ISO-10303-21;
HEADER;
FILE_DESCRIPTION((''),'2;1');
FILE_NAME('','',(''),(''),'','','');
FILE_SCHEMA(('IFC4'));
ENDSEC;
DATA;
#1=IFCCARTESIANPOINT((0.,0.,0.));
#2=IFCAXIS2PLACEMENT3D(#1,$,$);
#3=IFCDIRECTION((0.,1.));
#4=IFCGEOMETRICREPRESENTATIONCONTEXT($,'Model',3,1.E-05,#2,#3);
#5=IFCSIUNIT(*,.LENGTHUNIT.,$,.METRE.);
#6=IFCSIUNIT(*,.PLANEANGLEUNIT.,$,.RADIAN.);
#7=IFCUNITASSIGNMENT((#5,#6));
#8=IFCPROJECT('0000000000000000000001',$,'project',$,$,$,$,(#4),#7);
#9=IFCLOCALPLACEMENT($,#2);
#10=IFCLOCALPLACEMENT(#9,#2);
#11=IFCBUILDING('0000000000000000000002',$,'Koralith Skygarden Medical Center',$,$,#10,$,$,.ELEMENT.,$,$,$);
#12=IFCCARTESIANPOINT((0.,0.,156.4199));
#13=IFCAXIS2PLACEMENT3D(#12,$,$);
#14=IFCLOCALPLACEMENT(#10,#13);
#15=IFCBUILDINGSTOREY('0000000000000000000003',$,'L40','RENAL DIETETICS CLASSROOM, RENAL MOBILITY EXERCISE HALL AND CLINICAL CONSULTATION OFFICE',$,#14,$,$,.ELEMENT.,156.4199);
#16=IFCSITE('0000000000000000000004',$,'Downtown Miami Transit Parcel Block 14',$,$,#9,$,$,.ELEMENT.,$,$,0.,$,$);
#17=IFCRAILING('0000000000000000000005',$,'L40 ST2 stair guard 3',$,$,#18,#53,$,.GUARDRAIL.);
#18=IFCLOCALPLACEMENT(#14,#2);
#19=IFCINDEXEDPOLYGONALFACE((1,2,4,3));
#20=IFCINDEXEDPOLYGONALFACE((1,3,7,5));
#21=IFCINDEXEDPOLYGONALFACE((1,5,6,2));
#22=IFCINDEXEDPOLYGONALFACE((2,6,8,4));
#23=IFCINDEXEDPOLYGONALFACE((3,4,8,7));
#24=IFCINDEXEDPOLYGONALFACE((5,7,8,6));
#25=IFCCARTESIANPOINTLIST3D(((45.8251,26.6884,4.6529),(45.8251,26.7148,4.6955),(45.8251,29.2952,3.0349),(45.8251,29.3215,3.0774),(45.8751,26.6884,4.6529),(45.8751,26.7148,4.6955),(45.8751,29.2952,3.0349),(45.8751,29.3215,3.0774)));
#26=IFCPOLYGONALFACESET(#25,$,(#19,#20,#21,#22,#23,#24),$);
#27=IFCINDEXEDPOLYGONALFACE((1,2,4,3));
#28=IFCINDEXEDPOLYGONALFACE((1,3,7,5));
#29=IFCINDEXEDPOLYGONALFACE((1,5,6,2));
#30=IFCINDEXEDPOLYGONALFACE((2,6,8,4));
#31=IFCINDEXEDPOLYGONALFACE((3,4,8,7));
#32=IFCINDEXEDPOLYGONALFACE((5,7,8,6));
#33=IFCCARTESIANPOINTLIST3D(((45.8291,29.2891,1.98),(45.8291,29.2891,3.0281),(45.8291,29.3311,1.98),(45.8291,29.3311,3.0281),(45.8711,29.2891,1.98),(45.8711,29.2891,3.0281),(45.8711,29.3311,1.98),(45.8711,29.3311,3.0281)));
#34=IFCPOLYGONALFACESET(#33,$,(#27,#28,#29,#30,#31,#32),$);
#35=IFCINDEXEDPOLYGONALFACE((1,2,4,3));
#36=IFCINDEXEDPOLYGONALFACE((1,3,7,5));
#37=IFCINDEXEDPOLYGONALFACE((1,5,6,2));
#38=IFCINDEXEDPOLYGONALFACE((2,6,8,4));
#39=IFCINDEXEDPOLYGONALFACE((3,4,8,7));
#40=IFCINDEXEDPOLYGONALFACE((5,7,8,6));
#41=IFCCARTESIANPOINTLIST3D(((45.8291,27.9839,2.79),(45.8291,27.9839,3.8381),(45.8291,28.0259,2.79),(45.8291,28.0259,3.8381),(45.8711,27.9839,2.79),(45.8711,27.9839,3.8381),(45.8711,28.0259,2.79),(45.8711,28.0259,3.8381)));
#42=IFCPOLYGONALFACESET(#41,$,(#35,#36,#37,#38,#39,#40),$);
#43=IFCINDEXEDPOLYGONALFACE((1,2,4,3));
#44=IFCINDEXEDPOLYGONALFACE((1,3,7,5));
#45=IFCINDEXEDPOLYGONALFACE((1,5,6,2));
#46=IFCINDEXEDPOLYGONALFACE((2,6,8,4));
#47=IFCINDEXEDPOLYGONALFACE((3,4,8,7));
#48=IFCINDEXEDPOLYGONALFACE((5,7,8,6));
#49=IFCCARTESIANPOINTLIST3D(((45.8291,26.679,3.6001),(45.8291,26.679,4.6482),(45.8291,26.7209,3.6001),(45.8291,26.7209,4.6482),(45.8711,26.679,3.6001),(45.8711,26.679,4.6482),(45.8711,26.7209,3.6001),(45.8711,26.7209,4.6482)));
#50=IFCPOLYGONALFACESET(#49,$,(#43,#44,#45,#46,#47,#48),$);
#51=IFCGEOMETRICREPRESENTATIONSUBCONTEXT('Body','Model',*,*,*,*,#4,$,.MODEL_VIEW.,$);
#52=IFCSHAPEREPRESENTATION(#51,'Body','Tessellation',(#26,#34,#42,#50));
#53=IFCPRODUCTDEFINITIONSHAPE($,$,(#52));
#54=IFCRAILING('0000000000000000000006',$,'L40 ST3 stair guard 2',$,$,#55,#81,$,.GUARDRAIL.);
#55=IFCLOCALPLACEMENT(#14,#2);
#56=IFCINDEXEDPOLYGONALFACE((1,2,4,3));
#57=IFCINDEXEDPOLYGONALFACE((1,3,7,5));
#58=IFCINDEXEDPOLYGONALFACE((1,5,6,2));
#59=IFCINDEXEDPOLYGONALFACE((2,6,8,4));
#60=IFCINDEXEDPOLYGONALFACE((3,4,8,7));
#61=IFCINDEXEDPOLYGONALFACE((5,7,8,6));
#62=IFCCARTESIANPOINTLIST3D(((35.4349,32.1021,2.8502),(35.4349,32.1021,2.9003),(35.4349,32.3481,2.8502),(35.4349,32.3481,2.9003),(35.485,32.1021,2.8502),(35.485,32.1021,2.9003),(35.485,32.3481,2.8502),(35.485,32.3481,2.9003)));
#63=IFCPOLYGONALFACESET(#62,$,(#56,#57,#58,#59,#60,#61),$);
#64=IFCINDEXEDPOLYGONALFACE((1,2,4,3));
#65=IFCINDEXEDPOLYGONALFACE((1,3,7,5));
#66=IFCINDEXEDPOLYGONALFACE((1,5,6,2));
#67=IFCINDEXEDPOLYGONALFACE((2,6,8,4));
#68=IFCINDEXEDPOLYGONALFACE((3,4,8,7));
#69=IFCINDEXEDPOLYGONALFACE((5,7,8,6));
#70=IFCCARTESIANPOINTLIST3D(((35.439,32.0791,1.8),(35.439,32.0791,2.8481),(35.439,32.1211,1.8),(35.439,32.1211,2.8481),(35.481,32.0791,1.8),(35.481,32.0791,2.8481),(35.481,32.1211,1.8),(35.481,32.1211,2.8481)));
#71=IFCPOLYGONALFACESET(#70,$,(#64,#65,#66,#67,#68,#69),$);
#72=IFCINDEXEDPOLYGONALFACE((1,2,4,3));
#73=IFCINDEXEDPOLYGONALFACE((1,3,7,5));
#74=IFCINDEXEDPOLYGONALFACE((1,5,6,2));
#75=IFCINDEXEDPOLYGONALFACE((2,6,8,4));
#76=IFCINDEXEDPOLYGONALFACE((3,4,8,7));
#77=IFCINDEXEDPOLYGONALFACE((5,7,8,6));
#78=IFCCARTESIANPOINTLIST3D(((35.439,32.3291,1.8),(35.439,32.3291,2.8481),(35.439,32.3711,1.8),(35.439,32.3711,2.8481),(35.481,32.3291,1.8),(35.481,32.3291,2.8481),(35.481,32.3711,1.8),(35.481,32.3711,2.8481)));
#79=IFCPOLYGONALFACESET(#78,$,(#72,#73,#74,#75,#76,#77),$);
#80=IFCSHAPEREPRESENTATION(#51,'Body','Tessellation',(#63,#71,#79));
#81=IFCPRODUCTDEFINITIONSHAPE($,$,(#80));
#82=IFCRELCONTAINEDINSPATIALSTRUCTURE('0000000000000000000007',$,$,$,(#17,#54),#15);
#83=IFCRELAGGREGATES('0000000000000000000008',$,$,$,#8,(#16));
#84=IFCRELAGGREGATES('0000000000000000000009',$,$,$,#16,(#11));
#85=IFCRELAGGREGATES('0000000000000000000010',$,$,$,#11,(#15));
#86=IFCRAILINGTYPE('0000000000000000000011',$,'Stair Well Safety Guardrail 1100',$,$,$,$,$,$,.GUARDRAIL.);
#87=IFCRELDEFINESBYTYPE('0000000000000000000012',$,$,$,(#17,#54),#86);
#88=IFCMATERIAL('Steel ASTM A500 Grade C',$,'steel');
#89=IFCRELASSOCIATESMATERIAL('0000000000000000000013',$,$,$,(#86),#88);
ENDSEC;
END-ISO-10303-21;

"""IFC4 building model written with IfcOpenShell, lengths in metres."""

from ifc_helpers import new_model, si_unit, direction, frame, origin, origin_2d, place, context, subcontext, project, spatial, rectangle, extrude, material, type_object, element, save


model = new_model("IFC4")

# Units and contexts
model_context = context("Model", 3, precision=1e-05, world=origin(), true_north=direction((0.0, 1.0)))
body_context = subcontext(model_context, "Body", "Model", "MODEL_VIEW")
ifc_project = project(units=[si_unit("LENGTHUNIT", "METRE"), si_unit("PLANEANGLEUNIT", "RADIAN")], contexts=[model_context])

# Site, building, storey
site_placement = place(None, origin())
site = spatial("IfcSite", under=ifc_project, at=site_placement, Name="Downtown Miami Transit Parcel Block 14", CompositionType="ELEMENT", RefElevation=0.0)
building_placement = place(site_placement, origin())
building = spatial("IfcBuilding", under=site, at=building_placement, Name="Koralith Skygarden Medical Center", CompositionType="ELEMENT")
storey_placement = place(building_placement, frame((0.0, 0.0, 156.4199)))
storey = spatial("IfcBuildingStorey", under=building, at=storey_placement, Name="L40", Description="RENAL DIETETICS CLASSROOM, RENAL MOBILITY EXERCISE HALL AND CLINICAL CONSULTATION OFFICE", CompositionType="ELEMENT", Elevation=156.4199)

# Shared definitions
ifc_material_1 = material(Name="Steel ASTM A500 Grade C", Category="steel")

# Railings
railing_type_1 = type_object("IfcRailingType", Name="Stair Well Safety Guardrail 1100", PredefinedType="GUARDRAIL", material=ifc_material_1)
railing_1_placement = place(storey_placement, frame((45.8501, 29.3101, 1.98)))
element("IfcRailing", 1, at=railing_1_placement, inside=storey, type_object=railing_type_1, Name="L40 ST2 stair guard 3", PredefinedType="GUARDRAIL", context=body_context, shape_type="SweptSolid", body=[
    extrude(rectangle(XDim=0.05, YDim=0.05, at=origin_2d()), frame((0.0, -0.0017, 1.0762), z_axis=(0.0, -0.849633, 0.527375), x_axis=(1.0, 0.0, 0.0)), (0.0, 0.0, 1.0), 3.0681),
    extrude(rectangle(XDim=0.042, YDim=0.042, at=origin_2d()), origin(), (0.0, 0.0, 1.0), 1.0481),
    extrude(rectangle(XDim=0.042, YDim=0.042, at=origin_2d()), frame((0.0, -1.3052, 0.8101)), (0.0, 0.0, 1.0), 1.0481),
    extrude(rectangle(XDim=0.042, YDim=0.042, at=origin_2d()), frame((0.0, -2.6101, 1.6201)), (0.0, 0.0, 1.0), 1.0481),
])
railing_2_placement = place(storey_placement, frame((35.46, 32.1001, 1.8)))
element("IfcRailing", 2, at=railing_2_placement, inside=storey, type_object=railing_type_1, Name="L40 ST3 stair guard 2", PredefinedType="GUARDRAIL", context=body_context, shape_type="SweptSolid", body=[
    extrude(rectangle(XDim=0.05, YDim=0.05, at=origin_2d()), frame((0.0, 0.002, 1.0752), z_axis=(0.0, 1.0, 0.0), x_axis=(-1.0, 0.0, 0.0)), (0.0, 0.0, 1.0), 0.2461),
    extrude(rectangle(XDim=0.042, YDim=0.042, at=origin_2d()), origin(), (0.0, 0.0, 1.0), 1.0481),
    extrude(rectangle(XDim=0.042, YDim=0.042, at=origin_2d()), frame((0.0, 0.25, 0.0)), (0.0, 0.0, 1.0), 1.0481),
])

save(model, "model.ifc")
